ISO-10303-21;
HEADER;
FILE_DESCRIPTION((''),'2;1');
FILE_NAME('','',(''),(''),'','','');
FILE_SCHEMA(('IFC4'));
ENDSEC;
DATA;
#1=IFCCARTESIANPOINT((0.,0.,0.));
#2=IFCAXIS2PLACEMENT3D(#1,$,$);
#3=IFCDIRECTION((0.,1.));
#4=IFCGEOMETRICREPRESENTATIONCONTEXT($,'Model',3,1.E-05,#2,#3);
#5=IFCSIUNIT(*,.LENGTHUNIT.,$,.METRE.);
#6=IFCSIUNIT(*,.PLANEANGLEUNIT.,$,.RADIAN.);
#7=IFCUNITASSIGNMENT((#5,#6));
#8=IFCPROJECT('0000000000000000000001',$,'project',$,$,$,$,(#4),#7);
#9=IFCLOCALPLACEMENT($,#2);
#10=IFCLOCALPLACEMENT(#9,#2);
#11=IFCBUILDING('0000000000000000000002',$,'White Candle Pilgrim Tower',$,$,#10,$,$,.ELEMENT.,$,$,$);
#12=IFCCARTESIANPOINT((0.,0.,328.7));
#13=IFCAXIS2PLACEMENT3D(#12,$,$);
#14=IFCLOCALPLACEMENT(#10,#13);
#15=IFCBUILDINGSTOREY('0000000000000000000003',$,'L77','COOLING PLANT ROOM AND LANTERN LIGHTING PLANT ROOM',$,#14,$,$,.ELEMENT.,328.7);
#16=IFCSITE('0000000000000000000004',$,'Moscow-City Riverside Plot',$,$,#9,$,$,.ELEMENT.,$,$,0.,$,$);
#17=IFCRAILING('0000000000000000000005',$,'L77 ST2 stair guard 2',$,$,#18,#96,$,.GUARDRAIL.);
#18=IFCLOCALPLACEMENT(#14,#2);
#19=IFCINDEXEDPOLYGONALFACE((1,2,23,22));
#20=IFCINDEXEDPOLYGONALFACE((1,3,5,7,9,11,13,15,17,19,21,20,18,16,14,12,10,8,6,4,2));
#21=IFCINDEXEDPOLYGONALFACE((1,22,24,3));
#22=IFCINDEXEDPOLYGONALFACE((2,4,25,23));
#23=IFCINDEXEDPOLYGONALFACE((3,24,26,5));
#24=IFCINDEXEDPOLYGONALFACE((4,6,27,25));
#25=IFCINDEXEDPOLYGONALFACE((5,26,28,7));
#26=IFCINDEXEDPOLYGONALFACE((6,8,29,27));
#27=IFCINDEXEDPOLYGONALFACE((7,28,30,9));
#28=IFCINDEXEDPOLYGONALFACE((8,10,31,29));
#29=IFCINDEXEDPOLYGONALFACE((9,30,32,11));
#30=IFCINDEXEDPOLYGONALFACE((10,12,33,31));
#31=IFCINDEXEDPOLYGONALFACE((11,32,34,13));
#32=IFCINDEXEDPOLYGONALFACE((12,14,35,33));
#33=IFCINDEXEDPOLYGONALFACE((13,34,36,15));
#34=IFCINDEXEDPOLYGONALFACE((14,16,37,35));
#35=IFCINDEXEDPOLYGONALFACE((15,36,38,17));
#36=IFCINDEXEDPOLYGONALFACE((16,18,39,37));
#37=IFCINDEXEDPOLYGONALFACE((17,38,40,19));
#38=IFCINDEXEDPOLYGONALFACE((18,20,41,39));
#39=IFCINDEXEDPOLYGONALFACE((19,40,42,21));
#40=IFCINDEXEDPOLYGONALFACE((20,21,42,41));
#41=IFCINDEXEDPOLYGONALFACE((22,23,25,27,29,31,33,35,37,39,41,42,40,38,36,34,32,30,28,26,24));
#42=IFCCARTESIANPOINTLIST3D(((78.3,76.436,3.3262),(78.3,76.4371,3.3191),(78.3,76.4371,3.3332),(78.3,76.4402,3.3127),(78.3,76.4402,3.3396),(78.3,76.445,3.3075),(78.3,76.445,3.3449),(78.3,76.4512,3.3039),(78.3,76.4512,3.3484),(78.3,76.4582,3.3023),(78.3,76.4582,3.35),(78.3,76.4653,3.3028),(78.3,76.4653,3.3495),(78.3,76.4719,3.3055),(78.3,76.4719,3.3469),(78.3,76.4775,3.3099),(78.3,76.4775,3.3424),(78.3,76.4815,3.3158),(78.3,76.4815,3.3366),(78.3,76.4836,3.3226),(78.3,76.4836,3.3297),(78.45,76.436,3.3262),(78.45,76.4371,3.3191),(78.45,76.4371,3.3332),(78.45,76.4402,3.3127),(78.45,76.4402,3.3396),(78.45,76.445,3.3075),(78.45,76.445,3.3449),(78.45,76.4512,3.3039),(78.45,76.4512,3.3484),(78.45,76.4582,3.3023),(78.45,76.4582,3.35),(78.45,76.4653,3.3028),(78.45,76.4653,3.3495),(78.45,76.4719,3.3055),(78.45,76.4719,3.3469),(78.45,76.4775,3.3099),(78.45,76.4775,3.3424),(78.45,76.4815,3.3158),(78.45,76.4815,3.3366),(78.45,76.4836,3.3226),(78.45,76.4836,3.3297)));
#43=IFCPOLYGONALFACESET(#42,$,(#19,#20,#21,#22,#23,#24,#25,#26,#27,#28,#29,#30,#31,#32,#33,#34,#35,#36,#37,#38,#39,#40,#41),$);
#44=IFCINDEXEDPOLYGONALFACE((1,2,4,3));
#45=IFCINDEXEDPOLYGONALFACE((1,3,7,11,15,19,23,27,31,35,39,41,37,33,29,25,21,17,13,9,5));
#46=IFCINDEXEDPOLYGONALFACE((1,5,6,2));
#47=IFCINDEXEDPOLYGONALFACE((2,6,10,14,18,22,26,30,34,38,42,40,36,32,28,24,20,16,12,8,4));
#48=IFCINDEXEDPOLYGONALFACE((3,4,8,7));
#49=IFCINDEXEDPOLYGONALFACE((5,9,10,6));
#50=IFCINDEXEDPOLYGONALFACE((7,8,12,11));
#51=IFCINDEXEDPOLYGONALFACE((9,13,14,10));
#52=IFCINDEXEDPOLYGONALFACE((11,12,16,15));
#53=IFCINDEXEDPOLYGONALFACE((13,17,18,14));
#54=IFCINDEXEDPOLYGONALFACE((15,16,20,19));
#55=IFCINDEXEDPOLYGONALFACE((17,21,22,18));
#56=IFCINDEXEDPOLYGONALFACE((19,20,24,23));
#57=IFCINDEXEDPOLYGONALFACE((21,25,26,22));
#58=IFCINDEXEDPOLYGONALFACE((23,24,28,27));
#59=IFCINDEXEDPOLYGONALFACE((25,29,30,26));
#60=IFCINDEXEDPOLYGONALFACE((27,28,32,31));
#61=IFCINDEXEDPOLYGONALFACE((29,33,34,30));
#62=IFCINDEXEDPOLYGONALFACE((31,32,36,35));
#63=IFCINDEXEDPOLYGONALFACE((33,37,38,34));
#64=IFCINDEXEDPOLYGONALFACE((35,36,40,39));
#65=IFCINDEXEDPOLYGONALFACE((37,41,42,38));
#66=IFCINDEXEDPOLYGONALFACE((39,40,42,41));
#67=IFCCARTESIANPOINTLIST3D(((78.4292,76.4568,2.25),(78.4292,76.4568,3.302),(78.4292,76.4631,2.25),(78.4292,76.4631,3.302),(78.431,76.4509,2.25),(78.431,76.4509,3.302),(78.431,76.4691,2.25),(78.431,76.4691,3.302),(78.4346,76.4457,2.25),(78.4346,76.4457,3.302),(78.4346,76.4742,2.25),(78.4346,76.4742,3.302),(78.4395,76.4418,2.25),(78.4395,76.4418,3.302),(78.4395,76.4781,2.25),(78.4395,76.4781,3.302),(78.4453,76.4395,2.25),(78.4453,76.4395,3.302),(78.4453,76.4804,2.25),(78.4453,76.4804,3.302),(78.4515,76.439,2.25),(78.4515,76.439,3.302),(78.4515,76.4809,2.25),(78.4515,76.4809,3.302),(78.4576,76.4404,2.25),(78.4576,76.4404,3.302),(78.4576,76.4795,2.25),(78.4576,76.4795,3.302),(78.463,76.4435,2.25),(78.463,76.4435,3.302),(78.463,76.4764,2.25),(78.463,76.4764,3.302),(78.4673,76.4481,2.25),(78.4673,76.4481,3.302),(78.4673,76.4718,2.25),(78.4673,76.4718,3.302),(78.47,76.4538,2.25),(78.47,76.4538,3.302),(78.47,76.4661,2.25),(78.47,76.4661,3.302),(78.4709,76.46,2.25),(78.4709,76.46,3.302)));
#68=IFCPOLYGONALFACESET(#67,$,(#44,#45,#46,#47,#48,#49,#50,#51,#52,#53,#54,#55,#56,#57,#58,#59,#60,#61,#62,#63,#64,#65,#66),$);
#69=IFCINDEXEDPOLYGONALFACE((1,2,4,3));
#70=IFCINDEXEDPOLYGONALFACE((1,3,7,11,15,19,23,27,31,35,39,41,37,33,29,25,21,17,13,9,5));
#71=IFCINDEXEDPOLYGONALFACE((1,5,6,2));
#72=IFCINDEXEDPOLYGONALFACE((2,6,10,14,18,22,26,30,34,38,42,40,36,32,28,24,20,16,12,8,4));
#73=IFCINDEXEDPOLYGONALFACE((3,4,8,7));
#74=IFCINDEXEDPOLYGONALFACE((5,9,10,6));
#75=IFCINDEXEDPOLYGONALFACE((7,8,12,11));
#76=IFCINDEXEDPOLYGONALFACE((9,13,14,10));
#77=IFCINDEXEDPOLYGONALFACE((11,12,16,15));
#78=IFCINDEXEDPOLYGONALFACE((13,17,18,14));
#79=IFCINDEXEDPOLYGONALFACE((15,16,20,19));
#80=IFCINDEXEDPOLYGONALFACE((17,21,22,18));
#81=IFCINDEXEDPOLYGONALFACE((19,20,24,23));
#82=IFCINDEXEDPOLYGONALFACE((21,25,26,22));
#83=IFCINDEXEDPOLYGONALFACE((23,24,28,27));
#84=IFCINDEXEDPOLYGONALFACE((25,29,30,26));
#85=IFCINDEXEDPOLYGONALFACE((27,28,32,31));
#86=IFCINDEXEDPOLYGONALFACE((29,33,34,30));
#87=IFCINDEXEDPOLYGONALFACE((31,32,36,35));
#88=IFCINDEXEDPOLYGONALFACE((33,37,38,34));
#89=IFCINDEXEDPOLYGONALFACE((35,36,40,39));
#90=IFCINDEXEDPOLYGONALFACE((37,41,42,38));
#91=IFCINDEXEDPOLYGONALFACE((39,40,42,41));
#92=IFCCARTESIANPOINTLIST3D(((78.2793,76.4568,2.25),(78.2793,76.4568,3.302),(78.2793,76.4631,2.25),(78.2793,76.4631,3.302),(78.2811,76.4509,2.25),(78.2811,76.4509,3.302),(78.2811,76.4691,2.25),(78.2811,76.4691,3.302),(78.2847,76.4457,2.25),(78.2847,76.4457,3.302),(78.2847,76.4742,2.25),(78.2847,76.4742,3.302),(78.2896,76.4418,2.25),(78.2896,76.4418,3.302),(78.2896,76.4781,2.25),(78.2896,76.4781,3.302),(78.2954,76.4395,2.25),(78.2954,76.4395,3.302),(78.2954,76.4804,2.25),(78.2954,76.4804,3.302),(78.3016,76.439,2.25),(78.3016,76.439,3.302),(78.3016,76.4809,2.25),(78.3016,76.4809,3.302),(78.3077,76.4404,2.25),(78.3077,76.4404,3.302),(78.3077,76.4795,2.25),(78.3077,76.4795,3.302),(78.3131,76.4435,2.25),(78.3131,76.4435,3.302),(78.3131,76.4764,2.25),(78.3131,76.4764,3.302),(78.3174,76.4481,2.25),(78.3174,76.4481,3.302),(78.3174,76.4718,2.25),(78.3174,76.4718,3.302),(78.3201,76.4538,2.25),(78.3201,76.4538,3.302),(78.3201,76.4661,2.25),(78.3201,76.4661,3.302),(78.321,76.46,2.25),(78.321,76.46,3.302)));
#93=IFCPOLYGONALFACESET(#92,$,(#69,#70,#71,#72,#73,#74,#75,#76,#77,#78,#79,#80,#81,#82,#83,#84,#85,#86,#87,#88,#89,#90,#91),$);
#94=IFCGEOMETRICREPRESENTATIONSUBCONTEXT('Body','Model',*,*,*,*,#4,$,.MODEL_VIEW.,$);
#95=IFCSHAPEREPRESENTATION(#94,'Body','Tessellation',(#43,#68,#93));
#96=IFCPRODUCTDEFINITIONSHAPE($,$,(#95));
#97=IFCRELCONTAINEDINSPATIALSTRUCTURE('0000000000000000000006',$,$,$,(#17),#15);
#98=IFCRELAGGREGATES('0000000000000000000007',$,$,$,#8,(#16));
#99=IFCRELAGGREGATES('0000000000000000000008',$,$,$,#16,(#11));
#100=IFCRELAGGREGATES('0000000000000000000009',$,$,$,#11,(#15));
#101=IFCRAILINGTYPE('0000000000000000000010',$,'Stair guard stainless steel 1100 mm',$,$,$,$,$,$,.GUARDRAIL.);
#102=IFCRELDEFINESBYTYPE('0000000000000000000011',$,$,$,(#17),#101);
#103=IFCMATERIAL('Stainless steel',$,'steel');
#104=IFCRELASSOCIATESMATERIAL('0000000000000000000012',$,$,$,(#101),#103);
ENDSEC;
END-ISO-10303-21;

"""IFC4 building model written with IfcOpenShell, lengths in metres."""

from ifc_helpers import new_model, si_unit, direction, frame, origin, origin_2d, place, context, subcontext, project, spatial, circle, extrude, material, type_object, element, save


model = new_model("IFC4")

# Units and contexts
model_context = context("Model", 3, precision=1e-05, world=origin(), true_north=direction((0.0, 1.0)))
body_context = subcontext(model_context, "Body", "Model", "MODEL_VIEW")
ifc_project = project(units=[si_unit("LENGTHUNIT", "METRE"), si_unit("PLANEANGLEUNIT", "RADIAN")], contexts=[model_context])

# Site, building, storey
site_placement = place(None, origin())
site = spatial("IfcSite", under=ifc_project, at=site_placement, Name="Moscow-City Riverside Plot", CompositionType="ELEMENT", RefElevation=0.0)
building_placement = place(site_placement, origin())
building = spatial("IfcBuilding", under=site, at=building_placement, Name="White Candle Pilgrim Tower", CompositionType="ELEMENT")
storey_placement = place(building_placement, frame((0.0, 0.0, 328.7)))
storey = spatial("IfcBuildingStorey", under=building, at=storey_placement, Name="L77", Description="COOLING PLANT ROOM AND LANTERN LIGHTING PLANT ROOM", CompositionType="ELEMENT", Elevation=328.7)

# Railing
ifc_material_1 = material(Name="Stainless steel", Category="steel")
railing_type_1 = type_object("IfcRailingType", Name="Stair guard stainless steel 1100 mm", PredefinedType="GUARDRAIL", material=ifc_material_1)
railing_1_placement = place(storey_placement, frame((78.45, 76.46, 2.25)))
element("IfcRailing", 1, at=railing_1_placement, inside=storey, type_object=railing_type_1, Name="L77 ST2 stair guard 2", PredefinedType="GUARDRAIL", context=body_context, shape_type="SweptSolid", body=[
    extrude(circle(Radius=0.0239, at=origin_2d()), frame((0.0, 0.0, 1.0762), z_axis=(-1.0, 0.0, 0.0), x_axis=(0.0, -1.0, 0.0)), (0.0, 0.0, 1.0), 0.1499),
    extrude(circle(Radius=0.021, at=origin_2d()), origin(), (0.0, 0.0, 1.0), 1.052),
    extrude(circle(Radius=0.021, at=origin_2d()), frame((-0.1499, 0.0, 0.0)), (0.0, 0.0, 1.0), 1.052),
])

save(model, "model.ifc")
